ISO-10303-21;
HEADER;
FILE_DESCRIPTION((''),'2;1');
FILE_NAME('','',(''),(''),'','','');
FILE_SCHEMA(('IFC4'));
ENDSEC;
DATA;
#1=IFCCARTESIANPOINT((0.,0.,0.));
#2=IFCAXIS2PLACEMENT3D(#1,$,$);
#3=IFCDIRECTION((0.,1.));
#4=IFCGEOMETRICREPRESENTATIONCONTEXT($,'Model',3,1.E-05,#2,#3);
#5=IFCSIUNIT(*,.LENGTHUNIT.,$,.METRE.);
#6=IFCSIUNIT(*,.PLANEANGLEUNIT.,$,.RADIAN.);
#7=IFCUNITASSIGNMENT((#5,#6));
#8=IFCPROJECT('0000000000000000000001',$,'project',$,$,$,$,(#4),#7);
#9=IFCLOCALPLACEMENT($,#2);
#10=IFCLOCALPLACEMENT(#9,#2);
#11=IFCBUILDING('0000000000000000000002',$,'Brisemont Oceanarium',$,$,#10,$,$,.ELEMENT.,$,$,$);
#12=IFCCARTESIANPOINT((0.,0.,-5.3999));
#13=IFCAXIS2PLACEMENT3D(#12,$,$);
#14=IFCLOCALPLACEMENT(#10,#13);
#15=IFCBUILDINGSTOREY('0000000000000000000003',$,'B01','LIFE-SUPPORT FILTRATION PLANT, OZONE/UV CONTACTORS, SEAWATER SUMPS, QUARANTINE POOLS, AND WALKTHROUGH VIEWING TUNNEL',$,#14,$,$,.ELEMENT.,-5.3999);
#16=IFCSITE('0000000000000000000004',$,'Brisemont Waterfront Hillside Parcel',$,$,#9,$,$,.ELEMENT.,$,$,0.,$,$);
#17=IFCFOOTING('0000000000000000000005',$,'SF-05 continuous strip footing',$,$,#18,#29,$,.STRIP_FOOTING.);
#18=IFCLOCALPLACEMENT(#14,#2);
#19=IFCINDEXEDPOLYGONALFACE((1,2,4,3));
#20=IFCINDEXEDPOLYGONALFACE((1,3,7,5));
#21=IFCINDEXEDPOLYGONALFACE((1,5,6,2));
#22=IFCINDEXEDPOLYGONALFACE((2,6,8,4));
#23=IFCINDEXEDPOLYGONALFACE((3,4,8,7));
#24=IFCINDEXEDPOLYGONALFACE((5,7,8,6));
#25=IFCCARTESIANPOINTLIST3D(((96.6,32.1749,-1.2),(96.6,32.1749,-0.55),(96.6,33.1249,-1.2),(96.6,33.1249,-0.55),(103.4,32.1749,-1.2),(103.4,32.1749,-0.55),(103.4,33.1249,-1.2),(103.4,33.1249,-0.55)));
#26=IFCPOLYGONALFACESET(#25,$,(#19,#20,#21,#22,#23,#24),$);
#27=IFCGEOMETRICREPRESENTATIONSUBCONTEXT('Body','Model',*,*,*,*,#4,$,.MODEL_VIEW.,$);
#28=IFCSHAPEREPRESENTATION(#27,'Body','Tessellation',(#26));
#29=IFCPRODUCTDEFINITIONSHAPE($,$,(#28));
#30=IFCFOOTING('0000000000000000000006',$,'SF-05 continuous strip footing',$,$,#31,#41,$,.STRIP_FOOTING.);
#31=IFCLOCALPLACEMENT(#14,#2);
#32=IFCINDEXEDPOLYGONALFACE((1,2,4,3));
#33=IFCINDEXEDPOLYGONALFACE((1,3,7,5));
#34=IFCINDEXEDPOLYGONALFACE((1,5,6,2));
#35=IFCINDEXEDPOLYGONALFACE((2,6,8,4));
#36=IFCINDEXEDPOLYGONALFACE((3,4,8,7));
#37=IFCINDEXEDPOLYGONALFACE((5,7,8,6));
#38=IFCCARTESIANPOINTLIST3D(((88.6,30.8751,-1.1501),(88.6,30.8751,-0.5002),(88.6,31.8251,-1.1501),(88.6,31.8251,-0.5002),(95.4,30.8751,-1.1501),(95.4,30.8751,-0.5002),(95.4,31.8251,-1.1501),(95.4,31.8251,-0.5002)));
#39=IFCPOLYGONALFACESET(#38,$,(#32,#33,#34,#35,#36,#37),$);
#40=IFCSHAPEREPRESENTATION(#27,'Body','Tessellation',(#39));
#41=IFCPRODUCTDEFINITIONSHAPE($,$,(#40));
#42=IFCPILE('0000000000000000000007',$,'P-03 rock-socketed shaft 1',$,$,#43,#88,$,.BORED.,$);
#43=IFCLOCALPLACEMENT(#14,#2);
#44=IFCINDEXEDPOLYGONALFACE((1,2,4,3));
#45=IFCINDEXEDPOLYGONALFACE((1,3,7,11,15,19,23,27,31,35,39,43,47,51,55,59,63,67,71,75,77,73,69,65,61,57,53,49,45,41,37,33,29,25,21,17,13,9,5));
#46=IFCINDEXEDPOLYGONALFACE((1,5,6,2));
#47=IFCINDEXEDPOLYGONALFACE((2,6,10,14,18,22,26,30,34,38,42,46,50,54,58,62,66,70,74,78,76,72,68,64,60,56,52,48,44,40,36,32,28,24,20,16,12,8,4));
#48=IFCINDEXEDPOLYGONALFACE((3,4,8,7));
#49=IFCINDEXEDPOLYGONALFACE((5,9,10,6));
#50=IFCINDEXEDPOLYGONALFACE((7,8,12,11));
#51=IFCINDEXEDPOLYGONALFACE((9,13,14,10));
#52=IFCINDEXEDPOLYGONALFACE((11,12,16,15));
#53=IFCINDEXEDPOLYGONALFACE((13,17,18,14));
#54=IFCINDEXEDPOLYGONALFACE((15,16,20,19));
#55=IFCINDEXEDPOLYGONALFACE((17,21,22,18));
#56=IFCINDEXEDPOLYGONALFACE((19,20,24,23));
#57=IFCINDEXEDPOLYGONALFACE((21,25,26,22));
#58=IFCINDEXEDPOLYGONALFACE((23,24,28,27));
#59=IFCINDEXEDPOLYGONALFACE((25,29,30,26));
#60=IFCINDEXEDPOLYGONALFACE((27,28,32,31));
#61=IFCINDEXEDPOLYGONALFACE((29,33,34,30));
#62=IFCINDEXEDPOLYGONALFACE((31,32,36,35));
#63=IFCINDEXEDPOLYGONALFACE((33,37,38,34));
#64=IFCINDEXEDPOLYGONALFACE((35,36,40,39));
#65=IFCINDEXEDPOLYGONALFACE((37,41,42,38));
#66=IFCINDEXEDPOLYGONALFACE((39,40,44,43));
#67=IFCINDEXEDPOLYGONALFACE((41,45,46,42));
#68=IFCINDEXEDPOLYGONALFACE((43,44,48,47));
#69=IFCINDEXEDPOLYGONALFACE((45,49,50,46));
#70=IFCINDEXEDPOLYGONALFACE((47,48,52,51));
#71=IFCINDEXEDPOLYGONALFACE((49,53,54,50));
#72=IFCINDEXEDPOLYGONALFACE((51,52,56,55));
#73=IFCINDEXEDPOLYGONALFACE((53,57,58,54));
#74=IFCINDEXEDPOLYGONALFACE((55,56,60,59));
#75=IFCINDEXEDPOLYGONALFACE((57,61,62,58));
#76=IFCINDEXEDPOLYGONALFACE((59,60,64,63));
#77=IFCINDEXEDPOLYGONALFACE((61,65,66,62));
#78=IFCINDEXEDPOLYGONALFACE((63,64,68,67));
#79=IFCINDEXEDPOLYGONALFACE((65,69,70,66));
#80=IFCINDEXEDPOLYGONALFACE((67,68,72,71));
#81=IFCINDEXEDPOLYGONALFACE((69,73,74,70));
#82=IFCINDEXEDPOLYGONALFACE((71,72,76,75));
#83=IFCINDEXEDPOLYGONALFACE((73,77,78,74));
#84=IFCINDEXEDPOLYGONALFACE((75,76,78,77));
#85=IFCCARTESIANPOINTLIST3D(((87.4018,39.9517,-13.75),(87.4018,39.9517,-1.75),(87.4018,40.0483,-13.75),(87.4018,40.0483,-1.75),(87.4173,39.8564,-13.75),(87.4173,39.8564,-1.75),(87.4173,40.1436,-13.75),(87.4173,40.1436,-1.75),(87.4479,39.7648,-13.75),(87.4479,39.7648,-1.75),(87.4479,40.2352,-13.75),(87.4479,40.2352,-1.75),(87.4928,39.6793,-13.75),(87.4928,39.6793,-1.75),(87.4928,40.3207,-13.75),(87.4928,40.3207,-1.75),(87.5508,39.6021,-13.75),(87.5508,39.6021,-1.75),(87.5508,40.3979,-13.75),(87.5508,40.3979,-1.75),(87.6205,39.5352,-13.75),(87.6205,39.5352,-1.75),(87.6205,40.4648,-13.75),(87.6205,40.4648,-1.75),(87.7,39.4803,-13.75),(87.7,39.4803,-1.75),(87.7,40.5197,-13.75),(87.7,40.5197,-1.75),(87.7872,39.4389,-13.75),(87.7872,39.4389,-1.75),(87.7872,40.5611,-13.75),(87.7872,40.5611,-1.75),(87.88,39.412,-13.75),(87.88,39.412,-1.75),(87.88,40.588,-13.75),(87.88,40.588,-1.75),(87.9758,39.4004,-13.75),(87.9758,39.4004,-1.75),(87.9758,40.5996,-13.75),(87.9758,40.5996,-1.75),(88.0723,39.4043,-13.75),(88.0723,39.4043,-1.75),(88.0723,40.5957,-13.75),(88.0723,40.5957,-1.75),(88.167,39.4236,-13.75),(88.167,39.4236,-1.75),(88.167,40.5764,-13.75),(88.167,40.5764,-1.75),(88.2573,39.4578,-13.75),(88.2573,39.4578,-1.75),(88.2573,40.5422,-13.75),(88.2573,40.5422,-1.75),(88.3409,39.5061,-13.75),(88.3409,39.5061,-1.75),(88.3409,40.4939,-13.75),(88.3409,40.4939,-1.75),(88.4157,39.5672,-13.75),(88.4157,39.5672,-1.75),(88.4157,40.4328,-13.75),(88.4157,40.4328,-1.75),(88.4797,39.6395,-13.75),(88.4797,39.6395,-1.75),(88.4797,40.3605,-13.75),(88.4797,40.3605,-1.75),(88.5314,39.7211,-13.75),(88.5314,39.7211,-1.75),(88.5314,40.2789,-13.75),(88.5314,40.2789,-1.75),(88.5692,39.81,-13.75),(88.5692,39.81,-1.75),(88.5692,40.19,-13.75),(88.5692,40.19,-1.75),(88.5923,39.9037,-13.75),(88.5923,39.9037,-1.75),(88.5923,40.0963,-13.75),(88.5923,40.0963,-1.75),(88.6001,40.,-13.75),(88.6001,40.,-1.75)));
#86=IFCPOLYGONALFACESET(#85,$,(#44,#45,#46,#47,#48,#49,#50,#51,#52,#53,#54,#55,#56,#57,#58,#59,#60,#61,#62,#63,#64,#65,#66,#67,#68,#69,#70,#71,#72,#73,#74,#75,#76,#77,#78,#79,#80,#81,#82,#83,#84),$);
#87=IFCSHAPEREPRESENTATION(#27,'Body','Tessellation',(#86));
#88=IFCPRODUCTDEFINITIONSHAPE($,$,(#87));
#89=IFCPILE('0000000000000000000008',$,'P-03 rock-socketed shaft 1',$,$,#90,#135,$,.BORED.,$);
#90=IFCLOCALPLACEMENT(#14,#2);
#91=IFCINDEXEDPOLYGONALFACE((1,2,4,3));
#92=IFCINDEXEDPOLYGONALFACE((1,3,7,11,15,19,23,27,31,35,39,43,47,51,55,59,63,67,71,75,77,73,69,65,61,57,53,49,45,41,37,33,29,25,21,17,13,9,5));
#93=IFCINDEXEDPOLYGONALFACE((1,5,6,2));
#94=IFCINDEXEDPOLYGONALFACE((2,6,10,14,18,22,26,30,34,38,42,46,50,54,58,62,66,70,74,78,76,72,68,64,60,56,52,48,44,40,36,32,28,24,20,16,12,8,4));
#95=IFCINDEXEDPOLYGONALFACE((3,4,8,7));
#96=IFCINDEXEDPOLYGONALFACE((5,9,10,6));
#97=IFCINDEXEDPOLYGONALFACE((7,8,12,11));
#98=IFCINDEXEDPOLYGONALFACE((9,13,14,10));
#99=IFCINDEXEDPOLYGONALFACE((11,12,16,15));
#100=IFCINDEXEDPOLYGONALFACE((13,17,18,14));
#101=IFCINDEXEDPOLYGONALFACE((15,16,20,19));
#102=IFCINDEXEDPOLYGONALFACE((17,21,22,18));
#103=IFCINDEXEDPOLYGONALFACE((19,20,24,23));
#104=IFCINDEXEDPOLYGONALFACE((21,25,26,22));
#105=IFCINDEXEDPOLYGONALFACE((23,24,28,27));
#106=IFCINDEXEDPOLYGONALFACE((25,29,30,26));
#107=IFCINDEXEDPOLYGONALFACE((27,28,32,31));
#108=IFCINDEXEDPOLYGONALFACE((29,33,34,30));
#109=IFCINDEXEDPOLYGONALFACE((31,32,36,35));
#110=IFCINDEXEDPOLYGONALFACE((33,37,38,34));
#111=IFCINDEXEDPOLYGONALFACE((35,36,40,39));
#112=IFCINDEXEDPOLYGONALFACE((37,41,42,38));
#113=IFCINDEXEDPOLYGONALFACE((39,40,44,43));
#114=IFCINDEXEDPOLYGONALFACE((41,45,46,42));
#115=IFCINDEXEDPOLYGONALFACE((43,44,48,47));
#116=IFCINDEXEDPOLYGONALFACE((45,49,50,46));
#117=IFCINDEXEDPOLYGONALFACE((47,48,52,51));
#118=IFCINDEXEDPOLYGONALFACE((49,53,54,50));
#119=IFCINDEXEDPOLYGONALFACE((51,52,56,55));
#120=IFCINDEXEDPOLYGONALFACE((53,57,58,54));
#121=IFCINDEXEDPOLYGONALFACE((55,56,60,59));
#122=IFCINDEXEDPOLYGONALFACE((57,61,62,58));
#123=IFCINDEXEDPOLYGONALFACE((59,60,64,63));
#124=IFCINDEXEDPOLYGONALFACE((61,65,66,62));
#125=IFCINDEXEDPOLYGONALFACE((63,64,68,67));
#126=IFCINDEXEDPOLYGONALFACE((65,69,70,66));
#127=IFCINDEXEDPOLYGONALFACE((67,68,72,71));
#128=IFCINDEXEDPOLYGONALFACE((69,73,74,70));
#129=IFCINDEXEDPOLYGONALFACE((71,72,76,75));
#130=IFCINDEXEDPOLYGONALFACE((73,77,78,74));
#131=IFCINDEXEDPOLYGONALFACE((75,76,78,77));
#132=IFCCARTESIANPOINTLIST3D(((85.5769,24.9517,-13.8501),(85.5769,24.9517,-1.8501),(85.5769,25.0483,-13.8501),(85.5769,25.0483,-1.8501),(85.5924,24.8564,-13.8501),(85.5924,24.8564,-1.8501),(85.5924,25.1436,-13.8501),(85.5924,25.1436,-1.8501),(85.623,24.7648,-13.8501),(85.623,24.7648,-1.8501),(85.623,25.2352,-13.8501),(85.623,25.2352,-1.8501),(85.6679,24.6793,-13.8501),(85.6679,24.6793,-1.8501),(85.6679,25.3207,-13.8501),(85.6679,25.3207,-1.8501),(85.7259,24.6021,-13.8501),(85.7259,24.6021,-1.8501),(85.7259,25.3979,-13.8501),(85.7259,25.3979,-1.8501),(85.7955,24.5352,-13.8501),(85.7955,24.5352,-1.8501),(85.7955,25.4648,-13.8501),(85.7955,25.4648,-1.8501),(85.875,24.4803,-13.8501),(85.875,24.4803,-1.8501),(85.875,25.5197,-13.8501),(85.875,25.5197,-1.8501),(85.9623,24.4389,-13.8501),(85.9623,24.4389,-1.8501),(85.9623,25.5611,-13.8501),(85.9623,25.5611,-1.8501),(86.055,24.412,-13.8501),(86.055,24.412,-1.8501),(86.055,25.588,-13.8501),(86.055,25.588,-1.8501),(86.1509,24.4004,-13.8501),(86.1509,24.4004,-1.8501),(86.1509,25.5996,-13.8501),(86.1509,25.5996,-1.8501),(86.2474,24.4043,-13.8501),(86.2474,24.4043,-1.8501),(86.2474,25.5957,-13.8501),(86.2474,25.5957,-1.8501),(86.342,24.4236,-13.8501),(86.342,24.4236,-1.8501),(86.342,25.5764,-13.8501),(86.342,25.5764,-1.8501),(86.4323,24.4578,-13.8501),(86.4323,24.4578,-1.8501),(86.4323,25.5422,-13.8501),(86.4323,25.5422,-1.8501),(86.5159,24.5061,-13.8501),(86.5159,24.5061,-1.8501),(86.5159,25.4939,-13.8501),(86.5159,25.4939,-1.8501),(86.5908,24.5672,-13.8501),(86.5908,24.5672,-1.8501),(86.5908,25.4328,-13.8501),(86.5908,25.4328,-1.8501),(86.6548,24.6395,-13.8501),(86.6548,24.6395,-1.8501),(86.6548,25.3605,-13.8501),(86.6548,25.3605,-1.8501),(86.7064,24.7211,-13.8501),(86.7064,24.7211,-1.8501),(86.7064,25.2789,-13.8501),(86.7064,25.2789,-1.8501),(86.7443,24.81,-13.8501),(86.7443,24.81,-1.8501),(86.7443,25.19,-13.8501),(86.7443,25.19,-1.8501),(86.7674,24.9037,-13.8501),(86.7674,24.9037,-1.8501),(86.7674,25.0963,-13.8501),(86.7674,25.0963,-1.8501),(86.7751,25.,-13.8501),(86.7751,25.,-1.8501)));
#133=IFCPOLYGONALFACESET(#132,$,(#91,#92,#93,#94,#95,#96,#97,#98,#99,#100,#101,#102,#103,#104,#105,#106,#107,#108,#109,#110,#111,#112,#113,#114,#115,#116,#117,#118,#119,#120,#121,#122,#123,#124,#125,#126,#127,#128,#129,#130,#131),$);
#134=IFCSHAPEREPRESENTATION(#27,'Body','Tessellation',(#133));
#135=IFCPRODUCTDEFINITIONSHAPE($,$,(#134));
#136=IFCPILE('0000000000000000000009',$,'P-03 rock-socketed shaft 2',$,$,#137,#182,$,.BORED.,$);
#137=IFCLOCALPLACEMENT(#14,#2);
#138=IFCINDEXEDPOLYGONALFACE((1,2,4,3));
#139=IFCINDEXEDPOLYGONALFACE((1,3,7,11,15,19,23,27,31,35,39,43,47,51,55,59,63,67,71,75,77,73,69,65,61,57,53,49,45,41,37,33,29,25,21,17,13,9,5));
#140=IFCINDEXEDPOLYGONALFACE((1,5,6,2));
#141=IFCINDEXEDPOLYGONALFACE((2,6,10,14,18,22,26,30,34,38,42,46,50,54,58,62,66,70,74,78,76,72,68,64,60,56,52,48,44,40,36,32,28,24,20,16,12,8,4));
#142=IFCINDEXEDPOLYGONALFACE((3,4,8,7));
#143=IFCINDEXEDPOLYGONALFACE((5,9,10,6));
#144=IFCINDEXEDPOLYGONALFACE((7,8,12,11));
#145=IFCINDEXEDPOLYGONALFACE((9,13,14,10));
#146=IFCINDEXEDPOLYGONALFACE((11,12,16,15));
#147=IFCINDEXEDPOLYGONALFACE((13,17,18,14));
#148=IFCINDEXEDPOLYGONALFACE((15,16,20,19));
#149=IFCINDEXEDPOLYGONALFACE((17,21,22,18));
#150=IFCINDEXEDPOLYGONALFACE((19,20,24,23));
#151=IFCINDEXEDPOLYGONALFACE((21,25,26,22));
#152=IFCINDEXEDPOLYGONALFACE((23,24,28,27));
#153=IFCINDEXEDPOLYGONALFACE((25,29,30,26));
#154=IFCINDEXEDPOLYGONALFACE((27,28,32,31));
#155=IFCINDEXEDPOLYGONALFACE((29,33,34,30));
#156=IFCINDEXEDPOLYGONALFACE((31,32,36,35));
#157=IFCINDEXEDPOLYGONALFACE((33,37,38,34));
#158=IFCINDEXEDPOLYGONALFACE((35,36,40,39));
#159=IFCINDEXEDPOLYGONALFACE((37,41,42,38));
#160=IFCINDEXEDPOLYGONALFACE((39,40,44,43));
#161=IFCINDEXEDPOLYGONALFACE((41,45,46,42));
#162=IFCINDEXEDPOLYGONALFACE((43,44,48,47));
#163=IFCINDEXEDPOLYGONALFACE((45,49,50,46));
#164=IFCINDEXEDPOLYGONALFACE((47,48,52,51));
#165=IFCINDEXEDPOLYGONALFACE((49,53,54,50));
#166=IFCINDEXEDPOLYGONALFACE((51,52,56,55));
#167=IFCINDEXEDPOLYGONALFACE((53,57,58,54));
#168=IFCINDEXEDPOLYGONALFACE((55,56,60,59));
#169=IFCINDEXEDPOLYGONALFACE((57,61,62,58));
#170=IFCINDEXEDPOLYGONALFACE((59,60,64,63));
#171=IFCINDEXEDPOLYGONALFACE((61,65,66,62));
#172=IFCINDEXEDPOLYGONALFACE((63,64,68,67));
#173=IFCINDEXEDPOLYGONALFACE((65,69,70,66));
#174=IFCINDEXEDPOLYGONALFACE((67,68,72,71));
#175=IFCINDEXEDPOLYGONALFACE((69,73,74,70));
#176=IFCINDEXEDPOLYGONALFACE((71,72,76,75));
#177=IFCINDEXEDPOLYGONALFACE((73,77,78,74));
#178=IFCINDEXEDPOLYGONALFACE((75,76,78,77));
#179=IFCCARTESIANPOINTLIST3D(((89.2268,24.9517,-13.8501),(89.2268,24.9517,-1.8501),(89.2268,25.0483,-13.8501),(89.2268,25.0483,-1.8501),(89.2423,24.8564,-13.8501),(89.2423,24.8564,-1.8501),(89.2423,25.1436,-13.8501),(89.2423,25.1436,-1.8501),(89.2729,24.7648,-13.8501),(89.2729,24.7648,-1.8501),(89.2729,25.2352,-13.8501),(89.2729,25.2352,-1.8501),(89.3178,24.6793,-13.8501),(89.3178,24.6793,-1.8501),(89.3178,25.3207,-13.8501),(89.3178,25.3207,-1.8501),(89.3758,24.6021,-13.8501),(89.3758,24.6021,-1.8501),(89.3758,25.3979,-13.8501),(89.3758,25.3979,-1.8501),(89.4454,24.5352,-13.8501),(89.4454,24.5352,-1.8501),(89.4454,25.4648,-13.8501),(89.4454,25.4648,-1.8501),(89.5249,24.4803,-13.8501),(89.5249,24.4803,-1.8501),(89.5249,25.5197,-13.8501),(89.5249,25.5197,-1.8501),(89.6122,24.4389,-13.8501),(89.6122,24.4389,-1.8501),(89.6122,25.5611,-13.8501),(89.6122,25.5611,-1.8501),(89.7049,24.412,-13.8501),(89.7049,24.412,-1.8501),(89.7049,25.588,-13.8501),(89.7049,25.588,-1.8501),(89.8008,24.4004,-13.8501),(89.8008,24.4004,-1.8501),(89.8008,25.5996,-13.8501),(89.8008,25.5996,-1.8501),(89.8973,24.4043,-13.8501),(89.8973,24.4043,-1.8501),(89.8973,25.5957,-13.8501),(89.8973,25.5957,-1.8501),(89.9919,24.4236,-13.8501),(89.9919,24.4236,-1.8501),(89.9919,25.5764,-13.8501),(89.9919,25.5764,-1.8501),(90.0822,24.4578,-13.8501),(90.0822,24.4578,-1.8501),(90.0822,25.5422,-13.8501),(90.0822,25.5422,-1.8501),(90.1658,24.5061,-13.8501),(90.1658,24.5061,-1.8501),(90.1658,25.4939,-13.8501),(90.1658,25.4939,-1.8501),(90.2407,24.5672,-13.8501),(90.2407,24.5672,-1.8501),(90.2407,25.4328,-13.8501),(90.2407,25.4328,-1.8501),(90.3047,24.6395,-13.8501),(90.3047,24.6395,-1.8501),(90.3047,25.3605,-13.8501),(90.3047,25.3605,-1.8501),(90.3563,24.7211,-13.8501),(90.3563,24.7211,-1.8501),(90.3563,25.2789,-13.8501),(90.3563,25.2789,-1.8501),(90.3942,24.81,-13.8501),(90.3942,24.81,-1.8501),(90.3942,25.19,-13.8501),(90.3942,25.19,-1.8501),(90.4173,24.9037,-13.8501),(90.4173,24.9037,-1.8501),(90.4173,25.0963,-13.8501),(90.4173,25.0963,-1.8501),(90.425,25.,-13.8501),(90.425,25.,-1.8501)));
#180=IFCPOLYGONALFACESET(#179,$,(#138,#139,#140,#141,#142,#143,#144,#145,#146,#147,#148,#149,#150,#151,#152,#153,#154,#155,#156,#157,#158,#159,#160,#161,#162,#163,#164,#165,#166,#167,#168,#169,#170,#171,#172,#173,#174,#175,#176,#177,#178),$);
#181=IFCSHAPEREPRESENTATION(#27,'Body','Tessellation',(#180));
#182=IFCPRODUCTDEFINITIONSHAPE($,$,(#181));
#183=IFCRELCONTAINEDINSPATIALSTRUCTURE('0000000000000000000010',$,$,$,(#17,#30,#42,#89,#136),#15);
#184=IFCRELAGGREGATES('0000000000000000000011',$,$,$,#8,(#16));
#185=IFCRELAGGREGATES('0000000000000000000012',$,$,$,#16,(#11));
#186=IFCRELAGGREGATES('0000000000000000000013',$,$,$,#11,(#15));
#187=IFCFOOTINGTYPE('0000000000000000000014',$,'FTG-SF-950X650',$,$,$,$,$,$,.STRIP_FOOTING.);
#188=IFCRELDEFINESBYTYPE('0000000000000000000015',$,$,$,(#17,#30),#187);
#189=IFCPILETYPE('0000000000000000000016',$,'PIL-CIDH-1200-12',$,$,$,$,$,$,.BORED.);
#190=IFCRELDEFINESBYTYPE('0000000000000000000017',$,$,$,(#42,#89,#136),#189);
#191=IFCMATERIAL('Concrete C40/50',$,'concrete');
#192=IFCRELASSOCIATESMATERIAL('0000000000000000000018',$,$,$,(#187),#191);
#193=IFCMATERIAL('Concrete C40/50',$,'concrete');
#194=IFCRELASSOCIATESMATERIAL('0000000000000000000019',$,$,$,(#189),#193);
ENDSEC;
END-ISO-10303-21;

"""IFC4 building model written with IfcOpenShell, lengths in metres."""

from ifc_helpers import new_model, si_unit, direction, frame, origin, origin_2d, place, context, subcontext, project, spatial, rectangle, circle, extrude, material, material_profile, profile_set, type_object, element, save


model = new_model("IFC4")

# Units and contexts
model_context = context("Model", 3, precision=1e-05, world=origin(), true_north=direction((0.0, 1.0)))
body_context = subcontext(model_context, "Body", "Model", "MODEL_VIEW")
ifc_project = project(units=[si_unit("LENGTHUNIT", "METRE"), si_unit("PLANEANGLEUNIT", "RADIAN")], contexts=[model_context])

# Site, building, storey
site_placement = place(None, origin())
site = spatial("IfcSite", under=ifc_project, at=site_placement, Name="Brisemont Waterfront Hillside Parcel", CompositionType="ELEMENT", RefElevation=0.0)
building_placement = place(site_placement, origin())
building = spatial("IfcBuilding", under=site, at=building_placement, Name="Brisemont Oceanarium", CompositionType="ELEMENT")
storey_placement = place(building_placement, frame((0.0, 0.0, -5.3999)))
storey = spatial("IfcBuildingStorey", under=building, at=storey_placement, Name="B01", Description="LIFE-SUPPORT FILTRATION PLANT, OZONE/UV CONTACTORS, SEAWATER SUMPS, QUARANTINE POOLS, AND WALKTHROUGH VIEWING TUNNEL", CompositionType="ELEMENT", Elevation=-5.3999)

# Footings
ifc_material_1 = material(Name="Concrete C40/50", Category="concrete")
footing_type_1 = type_object("IfcFootingType", Name="FTG-SF-950X650", PredefinedType="STRIP_FOOTING", material=ifc_material_1)
for number, where, z_axis, x_axis, name in (
    (1, (100.0, 32.6499, -1.2), (0.0, 0.0, 1.0), (1.0, 0.0, 0.0), "SF-05 continuous strip footing"),
    (2, (92.0, 31.3501, -1.1501), (0.0, 0.0, 1.0), (1.0, 0.0, 0.0), "SF-05 continuous strip footing"),
):
    element("IfcFooting", number, at=place(storey_placement, frame(where, z_axis=z_axis, x_axis=x_axis)), inside=storey, type_object=footing_type_1, Name=name, PredefinedType="STRIP_FOOTING", context=body_context, shape_type="SweptSolid", body=[
        extrude(rectangle(XDim=6.8, YDim=0.95, at=origin_2d()), origin(), (0.0, 0.0, 1.0), 0.6499),
    ])

# Piles
ifc_material_2 = material(Name="Concrete C40/50", Category="concrete")
ifc_material_profile_1 = material_profile(ifc_material_2, circle(Radius=0.6001, at=origin_2d()), Name="CIDH-D1200")
ifc_profile_set_1 = profile_set([ifc_material_profile_1], Name="Concrete C40/50")
pile_type_1 = type_object("IfcPileType", Name="PIL-CIDH-1200-12", PredefinedType="BORED", material=ifc_profile_set_1)
for number, where, z_axis, x_axis, name in (
    (3, (88.0, 40.0, -1.75), (0.0, 0.0, -1.0), (1.0, 0.0, 0.0), "P-03 rock-socketed shaft 1"),
    (4, (86.175, 25.0, -1.8501), (0.0, 0.0, -1.0), (1.0, 0.0, 0.0), "P-03 rock-socketed shaft 1"),
    (5, (89.825, 25.0, -1.8501), (0.0, 0.0, -1.0), (1.0, 0.0, 0.0), "P-03 rock-socketed shaft 2"),
):
    element("IfcPile", number, at=place(storey_placement, frame(where, z_axis=z_axis, x_axis=x_axis)), inside=storey, type_object=pile_type_1, Name=name, PredefinedType="BORED", context=body_context, shape_type="SweptSolid", body=[
        extrude(circle(Radius=0.6001, at=origin_2d()), origin(), (0.0, 0.0, 1.0), 12.0),
    ])

save(model, "model.ifc")
